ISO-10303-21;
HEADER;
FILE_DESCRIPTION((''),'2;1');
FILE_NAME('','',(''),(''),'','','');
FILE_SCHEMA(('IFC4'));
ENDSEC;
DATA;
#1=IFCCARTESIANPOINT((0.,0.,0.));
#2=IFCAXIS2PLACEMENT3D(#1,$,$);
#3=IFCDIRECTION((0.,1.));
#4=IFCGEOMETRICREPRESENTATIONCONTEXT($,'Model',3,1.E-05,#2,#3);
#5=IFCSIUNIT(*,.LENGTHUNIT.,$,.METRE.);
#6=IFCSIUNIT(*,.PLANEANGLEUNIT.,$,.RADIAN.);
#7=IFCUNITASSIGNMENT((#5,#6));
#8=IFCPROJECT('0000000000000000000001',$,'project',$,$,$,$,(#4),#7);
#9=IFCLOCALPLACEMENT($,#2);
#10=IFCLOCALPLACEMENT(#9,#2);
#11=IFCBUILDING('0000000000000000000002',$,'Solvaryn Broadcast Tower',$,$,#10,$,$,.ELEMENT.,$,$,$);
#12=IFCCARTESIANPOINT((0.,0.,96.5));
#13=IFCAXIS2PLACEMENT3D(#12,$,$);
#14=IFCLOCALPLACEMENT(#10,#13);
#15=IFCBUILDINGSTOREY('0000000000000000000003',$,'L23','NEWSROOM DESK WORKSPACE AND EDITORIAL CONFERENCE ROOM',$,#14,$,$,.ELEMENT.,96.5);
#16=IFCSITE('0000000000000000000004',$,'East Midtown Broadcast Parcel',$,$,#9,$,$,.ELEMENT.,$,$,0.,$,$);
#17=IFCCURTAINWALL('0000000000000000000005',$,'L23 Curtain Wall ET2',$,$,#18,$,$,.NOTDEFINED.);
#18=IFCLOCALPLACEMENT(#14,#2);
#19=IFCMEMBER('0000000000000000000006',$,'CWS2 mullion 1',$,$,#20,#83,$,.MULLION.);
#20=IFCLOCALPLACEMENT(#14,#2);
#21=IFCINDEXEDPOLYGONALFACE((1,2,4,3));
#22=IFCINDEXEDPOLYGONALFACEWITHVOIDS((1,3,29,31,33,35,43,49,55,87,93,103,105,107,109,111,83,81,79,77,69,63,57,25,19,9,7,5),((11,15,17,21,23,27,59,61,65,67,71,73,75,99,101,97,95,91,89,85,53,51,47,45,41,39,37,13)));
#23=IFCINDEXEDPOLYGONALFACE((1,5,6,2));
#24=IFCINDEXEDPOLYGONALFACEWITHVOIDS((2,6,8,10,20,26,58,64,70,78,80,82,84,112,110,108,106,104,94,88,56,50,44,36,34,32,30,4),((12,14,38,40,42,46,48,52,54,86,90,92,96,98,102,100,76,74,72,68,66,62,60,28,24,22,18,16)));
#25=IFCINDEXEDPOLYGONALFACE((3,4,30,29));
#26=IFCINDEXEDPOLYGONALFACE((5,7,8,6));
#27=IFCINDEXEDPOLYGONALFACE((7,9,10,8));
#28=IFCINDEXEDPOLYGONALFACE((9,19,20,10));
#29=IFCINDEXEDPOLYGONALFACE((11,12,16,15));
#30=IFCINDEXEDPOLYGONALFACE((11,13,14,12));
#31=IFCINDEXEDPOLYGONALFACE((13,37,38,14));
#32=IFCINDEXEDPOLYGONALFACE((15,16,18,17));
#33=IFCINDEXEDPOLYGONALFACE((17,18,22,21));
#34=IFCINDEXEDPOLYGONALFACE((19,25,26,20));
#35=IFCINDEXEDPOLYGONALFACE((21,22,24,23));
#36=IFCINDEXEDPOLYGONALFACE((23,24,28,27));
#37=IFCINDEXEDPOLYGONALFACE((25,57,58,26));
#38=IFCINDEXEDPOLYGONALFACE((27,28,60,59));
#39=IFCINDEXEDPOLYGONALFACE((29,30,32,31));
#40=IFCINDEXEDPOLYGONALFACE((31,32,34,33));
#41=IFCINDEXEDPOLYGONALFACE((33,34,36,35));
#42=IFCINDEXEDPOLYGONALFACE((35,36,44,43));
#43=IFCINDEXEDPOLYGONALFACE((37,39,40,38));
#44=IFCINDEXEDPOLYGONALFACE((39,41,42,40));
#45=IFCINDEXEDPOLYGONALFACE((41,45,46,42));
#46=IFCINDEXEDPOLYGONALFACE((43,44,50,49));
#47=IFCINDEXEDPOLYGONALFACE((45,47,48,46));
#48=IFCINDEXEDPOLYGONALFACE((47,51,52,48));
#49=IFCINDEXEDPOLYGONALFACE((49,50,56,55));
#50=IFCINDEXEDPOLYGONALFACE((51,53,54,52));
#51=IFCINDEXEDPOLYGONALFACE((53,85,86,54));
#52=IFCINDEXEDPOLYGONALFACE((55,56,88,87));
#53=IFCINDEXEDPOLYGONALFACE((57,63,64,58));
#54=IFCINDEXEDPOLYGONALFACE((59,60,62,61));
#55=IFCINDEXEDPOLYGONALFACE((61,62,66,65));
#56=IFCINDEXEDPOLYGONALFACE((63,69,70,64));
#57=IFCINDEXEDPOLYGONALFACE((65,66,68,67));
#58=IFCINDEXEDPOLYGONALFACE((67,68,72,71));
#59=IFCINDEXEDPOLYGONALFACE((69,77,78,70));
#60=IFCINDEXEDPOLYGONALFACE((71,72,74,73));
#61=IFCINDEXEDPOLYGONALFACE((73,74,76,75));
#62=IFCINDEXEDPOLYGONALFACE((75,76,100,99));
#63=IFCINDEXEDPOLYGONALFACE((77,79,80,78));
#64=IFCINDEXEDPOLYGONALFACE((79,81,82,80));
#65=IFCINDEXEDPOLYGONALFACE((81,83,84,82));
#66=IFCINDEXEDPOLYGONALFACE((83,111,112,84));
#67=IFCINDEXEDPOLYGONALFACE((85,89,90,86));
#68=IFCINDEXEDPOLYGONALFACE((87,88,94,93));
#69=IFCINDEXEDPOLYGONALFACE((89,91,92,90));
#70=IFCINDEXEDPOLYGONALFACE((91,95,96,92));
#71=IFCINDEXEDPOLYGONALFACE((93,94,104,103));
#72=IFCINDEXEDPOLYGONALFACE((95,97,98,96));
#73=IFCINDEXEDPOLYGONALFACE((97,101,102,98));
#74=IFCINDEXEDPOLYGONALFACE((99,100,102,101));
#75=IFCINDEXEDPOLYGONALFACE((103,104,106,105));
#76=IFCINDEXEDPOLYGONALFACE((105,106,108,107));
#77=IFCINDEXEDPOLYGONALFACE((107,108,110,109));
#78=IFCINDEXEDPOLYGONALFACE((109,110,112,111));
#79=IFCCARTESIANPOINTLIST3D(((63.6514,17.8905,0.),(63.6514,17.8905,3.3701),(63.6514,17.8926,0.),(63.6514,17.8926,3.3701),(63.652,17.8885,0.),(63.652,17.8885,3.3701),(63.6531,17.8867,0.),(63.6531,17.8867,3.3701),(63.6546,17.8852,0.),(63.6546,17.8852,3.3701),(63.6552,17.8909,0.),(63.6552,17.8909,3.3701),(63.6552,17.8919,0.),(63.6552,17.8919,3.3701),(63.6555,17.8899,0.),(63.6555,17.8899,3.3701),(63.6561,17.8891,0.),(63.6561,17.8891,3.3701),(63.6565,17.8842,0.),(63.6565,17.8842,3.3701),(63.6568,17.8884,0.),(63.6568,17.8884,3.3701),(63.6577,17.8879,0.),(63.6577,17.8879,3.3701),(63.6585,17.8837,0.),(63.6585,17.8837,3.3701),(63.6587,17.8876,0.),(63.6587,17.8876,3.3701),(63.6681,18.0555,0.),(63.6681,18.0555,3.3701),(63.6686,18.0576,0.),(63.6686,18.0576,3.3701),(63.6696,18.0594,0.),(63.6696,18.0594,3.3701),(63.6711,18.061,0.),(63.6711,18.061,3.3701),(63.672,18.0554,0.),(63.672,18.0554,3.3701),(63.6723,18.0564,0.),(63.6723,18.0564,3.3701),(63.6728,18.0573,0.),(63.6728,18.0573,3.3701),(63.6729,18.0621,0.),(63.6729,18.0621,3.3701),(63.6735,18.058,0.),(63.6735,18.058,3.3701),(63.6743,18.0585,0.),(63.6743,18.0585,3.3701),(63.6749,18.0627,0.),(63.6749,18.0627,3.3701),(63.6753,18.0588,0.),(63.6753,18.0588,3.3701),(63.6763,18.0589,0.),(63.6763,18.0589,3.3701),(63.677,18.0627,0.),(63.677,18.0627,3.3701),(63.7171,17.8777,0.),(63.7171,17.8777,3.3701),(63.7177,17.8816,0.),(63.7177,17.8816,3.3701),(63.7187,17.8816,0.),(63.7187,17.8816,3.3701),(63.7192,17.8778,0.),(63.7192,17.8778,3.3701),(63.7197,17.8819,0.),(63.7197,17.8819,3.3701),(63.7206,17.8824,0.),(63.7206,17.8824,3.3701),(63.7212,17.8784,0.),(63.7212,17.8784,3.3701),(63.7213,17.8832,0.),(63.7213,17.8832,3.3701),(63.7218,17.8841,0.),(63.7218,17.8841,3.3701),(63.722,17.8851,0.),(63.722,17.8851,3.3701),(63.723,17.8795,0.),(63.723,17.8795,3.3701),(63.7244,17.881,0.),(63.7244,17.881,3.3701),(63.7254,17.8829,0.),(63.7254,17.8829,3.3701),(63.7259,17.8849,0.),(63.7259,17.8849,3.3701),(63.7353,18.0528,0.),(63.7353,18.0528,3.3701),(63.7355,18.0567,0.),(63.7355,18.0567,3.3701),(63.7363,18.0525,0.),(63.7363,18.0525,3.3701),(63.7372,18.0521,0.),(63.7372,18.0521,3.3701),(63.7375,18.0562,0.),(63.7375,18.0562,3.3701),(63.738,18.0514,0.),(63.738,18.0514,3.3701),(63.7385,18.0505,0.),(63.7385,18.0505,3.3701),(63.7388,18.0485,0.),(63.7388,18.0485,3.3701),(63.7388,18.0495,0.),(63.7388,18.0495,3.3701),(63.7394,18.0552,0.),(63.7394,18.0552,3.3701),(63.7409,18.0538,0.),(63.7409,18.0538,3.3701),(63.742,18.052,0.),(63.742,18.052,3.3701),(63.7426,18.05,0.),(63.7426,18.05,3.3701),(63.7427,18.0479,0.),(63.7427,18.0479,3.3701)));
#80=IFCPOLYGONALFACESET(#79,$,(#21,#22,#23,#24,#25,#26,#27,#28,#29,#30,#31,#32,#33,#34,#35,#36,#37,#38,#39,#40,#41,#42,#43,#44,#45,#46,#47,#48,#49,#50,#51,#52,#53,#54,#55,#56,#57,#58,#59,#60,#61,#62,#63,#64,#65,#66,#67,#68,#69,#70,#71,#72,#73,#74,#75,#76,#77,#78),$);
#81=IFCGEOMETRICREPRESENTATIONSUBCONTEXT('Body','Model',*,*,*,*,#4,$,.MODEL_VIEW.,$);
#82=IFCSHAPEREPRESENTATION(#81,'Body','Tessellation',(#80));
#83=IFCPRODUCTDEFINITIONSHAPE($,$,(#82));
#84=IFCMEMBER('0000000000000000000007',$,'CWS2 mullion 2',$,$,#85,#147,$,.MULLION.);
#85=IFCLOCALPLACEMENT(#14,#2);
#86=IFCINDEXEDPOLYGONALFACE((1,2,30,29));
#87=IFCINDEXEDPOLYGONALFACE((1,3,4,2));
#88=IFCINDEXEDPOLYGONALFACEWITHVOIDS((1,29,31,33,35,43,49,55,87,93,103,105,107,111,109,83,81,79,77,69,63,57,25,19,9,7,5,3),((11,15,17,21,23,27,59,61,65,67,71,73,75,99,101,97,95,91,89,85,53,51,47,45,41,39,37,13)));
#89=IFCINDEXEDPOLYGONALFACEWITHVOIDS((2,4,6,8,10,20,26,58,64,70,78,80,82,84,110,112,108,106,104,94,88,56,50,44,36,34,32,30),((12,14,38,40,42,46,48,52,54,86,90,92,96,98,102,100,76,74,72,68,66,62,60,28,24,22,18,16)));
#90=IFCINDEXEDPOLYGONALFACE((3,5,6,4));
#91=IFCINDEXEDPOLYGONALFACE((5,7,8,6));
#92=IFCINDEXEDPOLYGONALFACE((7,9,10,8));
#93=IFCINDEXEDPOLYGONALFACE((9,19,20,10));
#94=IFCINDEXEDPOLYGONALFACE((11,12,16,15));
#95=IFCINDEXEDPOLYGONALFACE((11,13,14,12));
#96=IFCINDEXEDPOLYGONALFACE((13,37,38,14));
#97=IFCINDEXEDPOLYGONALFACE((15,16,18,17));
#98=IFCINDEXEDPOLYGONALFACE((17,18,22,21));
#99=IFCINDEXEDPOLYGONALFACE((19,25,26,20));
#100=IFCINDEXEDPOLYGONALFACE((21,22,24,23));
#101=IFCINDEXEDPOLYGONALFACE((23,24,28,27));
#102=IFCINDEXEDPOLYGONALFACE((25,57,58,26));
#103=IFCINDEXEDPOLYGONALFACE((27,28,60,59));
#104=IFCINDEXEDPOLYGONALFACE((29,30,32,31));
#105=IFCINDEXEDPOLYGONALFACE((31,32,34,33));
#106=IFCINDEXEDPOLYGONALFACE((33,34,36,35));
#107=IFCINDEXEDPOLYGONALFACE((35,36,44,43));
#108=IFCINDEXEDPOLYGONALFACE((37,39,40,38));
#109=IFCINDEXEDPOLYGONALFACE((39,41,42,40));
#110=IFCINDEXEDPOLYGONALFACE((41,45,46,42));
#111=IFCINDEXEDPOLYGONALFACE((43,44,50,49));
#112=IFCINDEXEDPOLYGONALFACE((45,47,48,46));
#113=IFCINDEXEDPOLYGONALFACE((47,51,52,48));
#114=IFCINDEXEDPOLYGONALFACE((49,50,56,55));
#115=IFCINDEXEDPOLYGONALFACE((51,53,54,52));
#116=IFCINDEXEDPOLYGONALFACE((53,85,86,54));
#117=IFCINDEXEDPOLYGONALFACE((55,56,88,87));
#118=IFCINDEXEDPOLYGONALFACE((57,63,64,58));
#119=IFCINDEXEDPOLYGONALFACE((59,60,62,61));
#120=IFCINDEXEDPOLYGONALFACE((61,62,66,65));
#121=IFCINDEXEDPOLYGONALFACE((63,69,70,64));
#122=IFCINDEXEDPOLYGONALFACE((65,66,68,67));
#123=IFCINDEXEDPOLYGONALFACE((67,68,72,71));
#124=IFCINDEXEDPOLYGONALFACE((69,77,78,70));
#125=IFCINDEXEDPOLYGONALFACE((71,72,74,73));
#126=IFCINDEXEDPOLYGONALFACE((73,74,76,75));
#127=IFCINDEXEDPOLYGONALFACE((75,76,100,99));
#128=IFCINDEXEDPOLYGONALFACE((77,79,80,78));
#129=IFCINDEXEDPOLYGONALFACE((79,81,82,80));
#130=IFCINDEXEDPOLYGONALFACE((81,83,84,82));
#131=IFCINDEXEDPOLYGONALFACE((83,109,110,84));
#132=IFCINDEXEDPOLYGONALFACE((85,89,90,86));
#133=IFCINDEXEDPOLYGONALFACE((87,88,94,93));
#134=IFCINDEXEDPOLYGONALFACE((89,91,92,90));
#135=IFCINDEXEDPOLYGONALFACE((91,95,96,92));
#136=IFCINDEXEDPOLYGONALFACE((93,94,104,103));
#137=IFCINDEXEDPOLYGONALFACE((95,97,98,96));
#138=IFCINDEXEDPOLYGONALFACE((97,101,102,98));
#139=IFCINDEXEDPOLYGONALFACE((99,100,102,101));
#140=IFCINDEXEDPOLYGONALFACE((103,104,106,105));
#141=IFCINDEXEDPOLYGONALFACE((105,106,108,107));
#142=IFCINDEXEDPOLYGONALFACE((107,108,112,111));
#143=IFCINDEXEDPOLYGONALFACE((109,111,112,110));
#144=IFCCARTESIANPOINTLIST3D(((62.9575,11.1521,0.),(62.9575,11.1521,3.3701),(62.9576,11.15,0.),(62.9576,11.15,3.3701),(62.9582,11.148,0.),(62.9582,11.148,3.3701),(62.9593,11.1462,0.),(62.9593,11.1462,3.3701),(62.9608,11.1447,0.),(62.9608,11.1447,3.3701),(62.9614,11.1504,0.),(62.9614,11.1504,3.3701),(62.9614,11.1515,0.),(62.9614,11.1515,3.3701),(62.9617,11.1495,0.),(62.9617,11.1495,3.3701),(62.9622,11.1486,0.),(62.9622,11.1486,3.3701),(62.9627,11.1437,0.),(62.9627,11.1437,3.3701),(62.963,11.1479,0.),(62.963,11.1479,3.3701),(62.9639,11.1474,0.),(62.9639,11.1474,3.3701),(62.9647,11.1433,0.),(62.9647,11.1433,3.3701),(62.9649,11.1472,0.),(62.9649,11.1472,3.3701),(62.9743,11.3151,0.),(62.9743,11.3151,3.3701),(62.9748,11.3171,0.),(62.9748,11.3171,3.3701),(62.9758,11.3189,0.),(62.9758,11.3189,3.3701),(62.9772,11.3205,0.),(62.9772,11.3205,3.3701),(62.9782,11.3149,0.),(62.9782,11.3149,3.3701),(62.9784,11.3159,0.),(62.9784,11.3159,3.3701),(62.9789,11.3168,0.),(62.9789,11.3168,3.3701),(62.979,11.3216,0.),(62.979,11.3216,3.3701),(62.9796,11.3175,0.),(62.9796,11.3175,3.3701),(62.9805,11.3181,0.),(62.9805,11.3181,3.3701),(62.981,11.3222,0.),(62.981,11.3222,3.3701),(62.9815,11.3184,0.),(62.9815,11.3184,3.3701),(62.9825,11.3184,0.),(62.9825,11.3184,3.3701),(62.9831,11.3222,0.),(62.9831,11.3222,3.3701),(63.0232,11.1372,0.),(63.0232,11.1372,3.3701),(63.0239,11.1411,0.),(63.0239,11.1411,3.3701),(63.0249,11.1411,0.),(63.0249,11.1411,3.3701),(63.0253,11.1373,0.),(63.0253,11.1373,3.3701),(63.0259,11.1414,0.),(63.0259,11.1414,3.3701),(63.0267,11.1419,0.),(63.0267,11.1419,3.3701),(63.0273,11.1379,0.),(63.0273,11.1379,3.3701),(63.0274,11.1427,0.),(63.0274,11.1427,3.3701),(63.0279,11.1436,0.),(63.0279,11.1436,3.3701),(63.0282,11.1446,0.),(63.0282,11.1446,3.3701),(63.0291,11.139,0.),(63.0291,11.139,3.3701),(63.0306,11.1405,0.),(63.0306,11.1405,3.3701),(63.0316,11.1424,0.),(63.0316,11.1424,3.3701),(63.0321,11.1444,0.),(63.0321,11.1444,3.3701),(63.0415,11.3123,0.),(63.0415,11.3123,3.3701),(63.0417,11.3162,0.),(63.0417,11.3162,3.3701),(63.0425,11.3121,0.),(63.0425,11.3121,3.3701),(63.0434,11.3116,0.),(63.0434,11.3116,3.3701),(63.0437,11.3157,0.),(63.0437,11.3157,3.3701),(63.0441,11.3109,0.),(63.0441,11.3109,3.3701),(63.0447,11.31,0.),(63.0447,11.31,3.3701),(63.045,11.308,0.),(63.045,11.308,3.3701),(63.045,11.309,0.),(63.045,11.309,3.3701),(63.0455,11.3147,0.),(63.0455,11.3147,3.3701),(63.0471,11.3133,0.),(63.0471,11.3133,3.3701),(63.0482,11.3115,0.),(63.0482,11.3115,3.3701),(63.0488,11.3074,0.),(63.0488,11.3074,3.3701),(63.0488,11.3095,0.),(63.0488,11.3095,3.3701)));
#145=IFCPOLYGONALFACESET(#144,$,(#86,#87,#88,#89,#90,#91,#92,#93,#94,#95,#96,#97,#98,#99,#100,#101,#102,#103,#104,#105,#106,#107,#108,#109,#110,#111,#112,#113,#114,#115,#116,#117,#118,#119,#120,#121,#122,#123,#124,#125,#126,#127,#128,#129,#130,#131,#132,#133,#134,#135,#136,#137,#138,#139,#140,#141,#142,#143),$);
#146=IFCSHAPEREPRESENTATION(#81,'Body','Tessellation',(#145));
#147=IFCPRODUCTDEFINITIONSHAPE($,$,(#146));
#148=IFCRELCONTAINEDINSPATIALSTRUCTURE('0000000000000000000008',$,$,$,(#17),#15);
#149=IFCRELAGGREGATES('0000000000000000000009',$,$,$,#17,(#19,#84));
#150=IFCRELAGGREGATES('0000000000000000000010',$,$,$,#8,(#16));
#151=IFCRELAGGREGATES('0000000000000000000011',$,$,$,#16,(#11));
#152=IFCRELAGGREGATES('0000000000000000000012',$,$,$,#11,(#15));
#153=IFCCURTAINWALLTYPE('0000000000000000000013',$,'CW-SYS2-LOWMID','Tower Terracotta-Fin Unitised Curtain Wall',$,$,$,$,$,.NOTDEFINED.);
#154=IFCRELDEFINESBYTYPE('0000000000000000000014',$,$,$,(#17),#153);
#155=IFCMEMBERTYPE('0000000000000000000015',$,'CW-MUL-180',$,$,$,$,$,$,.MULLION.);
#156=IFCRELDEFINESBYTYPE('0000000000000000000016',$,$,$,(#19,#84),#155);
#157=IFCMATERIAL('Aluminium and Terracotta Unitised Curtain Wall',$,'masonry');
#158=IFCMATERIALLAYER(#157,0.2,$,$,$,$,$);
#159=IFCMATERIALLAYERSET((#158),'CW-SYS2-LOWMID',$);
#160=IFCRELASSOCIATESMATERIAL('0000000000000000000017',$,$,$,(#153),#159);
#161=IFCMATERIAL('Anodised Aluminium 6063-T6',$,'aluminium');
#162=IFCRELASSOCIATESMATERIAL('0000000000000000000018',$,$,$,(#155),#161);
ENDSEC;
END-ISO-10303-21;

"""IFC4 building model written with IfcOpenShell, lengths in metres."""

from ifc_helpers import new_model, si_unit, direction, frame, origin, origin_2d, place, context, subcontext, project, spatial, hollow_rectangle, extrude, material, layer, layer_set, material_profile, profile_set, type_object, element, aggregate, save


model = new_model("IFC4")

# Units and contexts
model_context = context("Model", 3, precision=1e-05, world=origin(), true_north=direction((0.0, 1.0)))
body_context = subcontext(model_context, "Body", "Model", "MODEL_VIEW")
ifc_project = project(units=[si_unit("LENGTHUNIT", "METRE"), si_unit("PLANEANGLEUNIT", "RADIAN")], contexts=[model_context])

# Site, building, storey
site_placement = place(None, origin())
site = spatial("IfcSite", under=ifc_project, at=site_placement, Name="East Midtown Broadcast Parcel", CompositionType="ELEMENT", RefElevation=0.0)
building_placement = place(site_placement, origin())
building = spatial("IfcBuilding", under=site, at=building_placement, Name="Solvaryn Broadcast Tower", CompositionType="ELEMENT")
storey_placement = place(building_placement, frame((0.0, 0.0, 96.5)))
storey = spatial("IfcBuildingStorey", under=building, at=storey_placement, Name="L23", Description="NEWSROOM DESK WORKSPACE AND EDITORIAL CONFERENCE ROOM", CompositionType="ELEMENT", Elevation=96.5)

# Shared definitions
ifc_material_1 = material(Name="Aluminium and Terracotta Unitised Curtain Wall", Category="masonry")
ifc_layer_1 = layer(ifc_material_1, 0.2)
ifc_layer_set_1 = layer_set([ifc_layer_1], Name="CW-SYS2-LOWMID")
curtain_wall_type = type_object("IfcCurtainWallType", Name="CW-SYS2-LOWMID", Description="Tower Terracotta-Fin Unitised Curtain Wall", PredefinedType="NOTDEFINED", material=ifc_layer_set_1)
ifc_material_2 = material(Name="Anodised Aluminium 6063-T6", Category="aluminium")
ifc_material_profile_1 = material_profile(ifc_material_2, hollow_rectangle(XDim=0.075, YDim=0.1799, WallThickness=0.0039, InnerFilletRadius=0.0039, OuterFilletRadius=0.0081, at=origin_2d()))
ifc_profile_set_1 = profile_set([ifc_material_profile_1], Name="Anodised Aluminium 6063-T6")
member_type_1 = type_object("IfcMemberType", Name="CW-MUL-180", PredefinedType="MULLION", material=ifc_profile_set_1)

# Curtain wall, members
curtain_wall_1_placement = place(storey_placement, origin())
curtain_wall_1 = element("IfcCurtainWall", 1, at=curtain_wall_1_placement, inside=storey, type_object=curtain_wall_type, Name="L23 Curtain Wall ET2", PredefinedType="NOTDEFINED")
member_1_placement = place(storey_placement, frame((63.697, 17.9702, 0.0), z_axis=(0.0, 0.0, 1.0), x_axis=(0.994743, -0.1024, 0.0)))
member_1 = element("IfcMember", 2, at=member_1_placement, type_object=member_type_1, Name="CWS2 mullion 1", PredefinedType="MULLION", context=body_context, shape_type="SweptSolid", body=[
    extrude(hollow_rectangle(XDim=0.075, YDim=0.1799, WallThickness=0.0039, InnerFilletRadius=0.0039, OuterFilletRadius=0.0081, at=origin_2d()), origin(), (0.0, 0.0, 1.0), 3.3701),
])
member_2_placement = place(storey_placement, frame((63.0032, 11.2297, 0.0), z_axis=(0.0, 0.0, 1.0), x_axis=(0.994743, -0.1024, 0.0)))
member_2 = element("IfcMember", 3, at=member_2_placement, type_object=member_type_1, Name="CWS2 mullion 2", PredefinedType="MULLION", context=body_context, shape_type="SweptSolid", body=[
    extrude(hollow_rectangle(XDim=0.075, YDim=0.1799, WallThickness=0.0039, InnerFilletRadius=0.0039, OuterFilletRadius=0.0081, at=origin_2d()), origin(), (0.0, 0.0, 1.0), 3.3701),
])

aggregate(curtain_wall_1, [member_1, member_2])

save(model, "model.ifc")
